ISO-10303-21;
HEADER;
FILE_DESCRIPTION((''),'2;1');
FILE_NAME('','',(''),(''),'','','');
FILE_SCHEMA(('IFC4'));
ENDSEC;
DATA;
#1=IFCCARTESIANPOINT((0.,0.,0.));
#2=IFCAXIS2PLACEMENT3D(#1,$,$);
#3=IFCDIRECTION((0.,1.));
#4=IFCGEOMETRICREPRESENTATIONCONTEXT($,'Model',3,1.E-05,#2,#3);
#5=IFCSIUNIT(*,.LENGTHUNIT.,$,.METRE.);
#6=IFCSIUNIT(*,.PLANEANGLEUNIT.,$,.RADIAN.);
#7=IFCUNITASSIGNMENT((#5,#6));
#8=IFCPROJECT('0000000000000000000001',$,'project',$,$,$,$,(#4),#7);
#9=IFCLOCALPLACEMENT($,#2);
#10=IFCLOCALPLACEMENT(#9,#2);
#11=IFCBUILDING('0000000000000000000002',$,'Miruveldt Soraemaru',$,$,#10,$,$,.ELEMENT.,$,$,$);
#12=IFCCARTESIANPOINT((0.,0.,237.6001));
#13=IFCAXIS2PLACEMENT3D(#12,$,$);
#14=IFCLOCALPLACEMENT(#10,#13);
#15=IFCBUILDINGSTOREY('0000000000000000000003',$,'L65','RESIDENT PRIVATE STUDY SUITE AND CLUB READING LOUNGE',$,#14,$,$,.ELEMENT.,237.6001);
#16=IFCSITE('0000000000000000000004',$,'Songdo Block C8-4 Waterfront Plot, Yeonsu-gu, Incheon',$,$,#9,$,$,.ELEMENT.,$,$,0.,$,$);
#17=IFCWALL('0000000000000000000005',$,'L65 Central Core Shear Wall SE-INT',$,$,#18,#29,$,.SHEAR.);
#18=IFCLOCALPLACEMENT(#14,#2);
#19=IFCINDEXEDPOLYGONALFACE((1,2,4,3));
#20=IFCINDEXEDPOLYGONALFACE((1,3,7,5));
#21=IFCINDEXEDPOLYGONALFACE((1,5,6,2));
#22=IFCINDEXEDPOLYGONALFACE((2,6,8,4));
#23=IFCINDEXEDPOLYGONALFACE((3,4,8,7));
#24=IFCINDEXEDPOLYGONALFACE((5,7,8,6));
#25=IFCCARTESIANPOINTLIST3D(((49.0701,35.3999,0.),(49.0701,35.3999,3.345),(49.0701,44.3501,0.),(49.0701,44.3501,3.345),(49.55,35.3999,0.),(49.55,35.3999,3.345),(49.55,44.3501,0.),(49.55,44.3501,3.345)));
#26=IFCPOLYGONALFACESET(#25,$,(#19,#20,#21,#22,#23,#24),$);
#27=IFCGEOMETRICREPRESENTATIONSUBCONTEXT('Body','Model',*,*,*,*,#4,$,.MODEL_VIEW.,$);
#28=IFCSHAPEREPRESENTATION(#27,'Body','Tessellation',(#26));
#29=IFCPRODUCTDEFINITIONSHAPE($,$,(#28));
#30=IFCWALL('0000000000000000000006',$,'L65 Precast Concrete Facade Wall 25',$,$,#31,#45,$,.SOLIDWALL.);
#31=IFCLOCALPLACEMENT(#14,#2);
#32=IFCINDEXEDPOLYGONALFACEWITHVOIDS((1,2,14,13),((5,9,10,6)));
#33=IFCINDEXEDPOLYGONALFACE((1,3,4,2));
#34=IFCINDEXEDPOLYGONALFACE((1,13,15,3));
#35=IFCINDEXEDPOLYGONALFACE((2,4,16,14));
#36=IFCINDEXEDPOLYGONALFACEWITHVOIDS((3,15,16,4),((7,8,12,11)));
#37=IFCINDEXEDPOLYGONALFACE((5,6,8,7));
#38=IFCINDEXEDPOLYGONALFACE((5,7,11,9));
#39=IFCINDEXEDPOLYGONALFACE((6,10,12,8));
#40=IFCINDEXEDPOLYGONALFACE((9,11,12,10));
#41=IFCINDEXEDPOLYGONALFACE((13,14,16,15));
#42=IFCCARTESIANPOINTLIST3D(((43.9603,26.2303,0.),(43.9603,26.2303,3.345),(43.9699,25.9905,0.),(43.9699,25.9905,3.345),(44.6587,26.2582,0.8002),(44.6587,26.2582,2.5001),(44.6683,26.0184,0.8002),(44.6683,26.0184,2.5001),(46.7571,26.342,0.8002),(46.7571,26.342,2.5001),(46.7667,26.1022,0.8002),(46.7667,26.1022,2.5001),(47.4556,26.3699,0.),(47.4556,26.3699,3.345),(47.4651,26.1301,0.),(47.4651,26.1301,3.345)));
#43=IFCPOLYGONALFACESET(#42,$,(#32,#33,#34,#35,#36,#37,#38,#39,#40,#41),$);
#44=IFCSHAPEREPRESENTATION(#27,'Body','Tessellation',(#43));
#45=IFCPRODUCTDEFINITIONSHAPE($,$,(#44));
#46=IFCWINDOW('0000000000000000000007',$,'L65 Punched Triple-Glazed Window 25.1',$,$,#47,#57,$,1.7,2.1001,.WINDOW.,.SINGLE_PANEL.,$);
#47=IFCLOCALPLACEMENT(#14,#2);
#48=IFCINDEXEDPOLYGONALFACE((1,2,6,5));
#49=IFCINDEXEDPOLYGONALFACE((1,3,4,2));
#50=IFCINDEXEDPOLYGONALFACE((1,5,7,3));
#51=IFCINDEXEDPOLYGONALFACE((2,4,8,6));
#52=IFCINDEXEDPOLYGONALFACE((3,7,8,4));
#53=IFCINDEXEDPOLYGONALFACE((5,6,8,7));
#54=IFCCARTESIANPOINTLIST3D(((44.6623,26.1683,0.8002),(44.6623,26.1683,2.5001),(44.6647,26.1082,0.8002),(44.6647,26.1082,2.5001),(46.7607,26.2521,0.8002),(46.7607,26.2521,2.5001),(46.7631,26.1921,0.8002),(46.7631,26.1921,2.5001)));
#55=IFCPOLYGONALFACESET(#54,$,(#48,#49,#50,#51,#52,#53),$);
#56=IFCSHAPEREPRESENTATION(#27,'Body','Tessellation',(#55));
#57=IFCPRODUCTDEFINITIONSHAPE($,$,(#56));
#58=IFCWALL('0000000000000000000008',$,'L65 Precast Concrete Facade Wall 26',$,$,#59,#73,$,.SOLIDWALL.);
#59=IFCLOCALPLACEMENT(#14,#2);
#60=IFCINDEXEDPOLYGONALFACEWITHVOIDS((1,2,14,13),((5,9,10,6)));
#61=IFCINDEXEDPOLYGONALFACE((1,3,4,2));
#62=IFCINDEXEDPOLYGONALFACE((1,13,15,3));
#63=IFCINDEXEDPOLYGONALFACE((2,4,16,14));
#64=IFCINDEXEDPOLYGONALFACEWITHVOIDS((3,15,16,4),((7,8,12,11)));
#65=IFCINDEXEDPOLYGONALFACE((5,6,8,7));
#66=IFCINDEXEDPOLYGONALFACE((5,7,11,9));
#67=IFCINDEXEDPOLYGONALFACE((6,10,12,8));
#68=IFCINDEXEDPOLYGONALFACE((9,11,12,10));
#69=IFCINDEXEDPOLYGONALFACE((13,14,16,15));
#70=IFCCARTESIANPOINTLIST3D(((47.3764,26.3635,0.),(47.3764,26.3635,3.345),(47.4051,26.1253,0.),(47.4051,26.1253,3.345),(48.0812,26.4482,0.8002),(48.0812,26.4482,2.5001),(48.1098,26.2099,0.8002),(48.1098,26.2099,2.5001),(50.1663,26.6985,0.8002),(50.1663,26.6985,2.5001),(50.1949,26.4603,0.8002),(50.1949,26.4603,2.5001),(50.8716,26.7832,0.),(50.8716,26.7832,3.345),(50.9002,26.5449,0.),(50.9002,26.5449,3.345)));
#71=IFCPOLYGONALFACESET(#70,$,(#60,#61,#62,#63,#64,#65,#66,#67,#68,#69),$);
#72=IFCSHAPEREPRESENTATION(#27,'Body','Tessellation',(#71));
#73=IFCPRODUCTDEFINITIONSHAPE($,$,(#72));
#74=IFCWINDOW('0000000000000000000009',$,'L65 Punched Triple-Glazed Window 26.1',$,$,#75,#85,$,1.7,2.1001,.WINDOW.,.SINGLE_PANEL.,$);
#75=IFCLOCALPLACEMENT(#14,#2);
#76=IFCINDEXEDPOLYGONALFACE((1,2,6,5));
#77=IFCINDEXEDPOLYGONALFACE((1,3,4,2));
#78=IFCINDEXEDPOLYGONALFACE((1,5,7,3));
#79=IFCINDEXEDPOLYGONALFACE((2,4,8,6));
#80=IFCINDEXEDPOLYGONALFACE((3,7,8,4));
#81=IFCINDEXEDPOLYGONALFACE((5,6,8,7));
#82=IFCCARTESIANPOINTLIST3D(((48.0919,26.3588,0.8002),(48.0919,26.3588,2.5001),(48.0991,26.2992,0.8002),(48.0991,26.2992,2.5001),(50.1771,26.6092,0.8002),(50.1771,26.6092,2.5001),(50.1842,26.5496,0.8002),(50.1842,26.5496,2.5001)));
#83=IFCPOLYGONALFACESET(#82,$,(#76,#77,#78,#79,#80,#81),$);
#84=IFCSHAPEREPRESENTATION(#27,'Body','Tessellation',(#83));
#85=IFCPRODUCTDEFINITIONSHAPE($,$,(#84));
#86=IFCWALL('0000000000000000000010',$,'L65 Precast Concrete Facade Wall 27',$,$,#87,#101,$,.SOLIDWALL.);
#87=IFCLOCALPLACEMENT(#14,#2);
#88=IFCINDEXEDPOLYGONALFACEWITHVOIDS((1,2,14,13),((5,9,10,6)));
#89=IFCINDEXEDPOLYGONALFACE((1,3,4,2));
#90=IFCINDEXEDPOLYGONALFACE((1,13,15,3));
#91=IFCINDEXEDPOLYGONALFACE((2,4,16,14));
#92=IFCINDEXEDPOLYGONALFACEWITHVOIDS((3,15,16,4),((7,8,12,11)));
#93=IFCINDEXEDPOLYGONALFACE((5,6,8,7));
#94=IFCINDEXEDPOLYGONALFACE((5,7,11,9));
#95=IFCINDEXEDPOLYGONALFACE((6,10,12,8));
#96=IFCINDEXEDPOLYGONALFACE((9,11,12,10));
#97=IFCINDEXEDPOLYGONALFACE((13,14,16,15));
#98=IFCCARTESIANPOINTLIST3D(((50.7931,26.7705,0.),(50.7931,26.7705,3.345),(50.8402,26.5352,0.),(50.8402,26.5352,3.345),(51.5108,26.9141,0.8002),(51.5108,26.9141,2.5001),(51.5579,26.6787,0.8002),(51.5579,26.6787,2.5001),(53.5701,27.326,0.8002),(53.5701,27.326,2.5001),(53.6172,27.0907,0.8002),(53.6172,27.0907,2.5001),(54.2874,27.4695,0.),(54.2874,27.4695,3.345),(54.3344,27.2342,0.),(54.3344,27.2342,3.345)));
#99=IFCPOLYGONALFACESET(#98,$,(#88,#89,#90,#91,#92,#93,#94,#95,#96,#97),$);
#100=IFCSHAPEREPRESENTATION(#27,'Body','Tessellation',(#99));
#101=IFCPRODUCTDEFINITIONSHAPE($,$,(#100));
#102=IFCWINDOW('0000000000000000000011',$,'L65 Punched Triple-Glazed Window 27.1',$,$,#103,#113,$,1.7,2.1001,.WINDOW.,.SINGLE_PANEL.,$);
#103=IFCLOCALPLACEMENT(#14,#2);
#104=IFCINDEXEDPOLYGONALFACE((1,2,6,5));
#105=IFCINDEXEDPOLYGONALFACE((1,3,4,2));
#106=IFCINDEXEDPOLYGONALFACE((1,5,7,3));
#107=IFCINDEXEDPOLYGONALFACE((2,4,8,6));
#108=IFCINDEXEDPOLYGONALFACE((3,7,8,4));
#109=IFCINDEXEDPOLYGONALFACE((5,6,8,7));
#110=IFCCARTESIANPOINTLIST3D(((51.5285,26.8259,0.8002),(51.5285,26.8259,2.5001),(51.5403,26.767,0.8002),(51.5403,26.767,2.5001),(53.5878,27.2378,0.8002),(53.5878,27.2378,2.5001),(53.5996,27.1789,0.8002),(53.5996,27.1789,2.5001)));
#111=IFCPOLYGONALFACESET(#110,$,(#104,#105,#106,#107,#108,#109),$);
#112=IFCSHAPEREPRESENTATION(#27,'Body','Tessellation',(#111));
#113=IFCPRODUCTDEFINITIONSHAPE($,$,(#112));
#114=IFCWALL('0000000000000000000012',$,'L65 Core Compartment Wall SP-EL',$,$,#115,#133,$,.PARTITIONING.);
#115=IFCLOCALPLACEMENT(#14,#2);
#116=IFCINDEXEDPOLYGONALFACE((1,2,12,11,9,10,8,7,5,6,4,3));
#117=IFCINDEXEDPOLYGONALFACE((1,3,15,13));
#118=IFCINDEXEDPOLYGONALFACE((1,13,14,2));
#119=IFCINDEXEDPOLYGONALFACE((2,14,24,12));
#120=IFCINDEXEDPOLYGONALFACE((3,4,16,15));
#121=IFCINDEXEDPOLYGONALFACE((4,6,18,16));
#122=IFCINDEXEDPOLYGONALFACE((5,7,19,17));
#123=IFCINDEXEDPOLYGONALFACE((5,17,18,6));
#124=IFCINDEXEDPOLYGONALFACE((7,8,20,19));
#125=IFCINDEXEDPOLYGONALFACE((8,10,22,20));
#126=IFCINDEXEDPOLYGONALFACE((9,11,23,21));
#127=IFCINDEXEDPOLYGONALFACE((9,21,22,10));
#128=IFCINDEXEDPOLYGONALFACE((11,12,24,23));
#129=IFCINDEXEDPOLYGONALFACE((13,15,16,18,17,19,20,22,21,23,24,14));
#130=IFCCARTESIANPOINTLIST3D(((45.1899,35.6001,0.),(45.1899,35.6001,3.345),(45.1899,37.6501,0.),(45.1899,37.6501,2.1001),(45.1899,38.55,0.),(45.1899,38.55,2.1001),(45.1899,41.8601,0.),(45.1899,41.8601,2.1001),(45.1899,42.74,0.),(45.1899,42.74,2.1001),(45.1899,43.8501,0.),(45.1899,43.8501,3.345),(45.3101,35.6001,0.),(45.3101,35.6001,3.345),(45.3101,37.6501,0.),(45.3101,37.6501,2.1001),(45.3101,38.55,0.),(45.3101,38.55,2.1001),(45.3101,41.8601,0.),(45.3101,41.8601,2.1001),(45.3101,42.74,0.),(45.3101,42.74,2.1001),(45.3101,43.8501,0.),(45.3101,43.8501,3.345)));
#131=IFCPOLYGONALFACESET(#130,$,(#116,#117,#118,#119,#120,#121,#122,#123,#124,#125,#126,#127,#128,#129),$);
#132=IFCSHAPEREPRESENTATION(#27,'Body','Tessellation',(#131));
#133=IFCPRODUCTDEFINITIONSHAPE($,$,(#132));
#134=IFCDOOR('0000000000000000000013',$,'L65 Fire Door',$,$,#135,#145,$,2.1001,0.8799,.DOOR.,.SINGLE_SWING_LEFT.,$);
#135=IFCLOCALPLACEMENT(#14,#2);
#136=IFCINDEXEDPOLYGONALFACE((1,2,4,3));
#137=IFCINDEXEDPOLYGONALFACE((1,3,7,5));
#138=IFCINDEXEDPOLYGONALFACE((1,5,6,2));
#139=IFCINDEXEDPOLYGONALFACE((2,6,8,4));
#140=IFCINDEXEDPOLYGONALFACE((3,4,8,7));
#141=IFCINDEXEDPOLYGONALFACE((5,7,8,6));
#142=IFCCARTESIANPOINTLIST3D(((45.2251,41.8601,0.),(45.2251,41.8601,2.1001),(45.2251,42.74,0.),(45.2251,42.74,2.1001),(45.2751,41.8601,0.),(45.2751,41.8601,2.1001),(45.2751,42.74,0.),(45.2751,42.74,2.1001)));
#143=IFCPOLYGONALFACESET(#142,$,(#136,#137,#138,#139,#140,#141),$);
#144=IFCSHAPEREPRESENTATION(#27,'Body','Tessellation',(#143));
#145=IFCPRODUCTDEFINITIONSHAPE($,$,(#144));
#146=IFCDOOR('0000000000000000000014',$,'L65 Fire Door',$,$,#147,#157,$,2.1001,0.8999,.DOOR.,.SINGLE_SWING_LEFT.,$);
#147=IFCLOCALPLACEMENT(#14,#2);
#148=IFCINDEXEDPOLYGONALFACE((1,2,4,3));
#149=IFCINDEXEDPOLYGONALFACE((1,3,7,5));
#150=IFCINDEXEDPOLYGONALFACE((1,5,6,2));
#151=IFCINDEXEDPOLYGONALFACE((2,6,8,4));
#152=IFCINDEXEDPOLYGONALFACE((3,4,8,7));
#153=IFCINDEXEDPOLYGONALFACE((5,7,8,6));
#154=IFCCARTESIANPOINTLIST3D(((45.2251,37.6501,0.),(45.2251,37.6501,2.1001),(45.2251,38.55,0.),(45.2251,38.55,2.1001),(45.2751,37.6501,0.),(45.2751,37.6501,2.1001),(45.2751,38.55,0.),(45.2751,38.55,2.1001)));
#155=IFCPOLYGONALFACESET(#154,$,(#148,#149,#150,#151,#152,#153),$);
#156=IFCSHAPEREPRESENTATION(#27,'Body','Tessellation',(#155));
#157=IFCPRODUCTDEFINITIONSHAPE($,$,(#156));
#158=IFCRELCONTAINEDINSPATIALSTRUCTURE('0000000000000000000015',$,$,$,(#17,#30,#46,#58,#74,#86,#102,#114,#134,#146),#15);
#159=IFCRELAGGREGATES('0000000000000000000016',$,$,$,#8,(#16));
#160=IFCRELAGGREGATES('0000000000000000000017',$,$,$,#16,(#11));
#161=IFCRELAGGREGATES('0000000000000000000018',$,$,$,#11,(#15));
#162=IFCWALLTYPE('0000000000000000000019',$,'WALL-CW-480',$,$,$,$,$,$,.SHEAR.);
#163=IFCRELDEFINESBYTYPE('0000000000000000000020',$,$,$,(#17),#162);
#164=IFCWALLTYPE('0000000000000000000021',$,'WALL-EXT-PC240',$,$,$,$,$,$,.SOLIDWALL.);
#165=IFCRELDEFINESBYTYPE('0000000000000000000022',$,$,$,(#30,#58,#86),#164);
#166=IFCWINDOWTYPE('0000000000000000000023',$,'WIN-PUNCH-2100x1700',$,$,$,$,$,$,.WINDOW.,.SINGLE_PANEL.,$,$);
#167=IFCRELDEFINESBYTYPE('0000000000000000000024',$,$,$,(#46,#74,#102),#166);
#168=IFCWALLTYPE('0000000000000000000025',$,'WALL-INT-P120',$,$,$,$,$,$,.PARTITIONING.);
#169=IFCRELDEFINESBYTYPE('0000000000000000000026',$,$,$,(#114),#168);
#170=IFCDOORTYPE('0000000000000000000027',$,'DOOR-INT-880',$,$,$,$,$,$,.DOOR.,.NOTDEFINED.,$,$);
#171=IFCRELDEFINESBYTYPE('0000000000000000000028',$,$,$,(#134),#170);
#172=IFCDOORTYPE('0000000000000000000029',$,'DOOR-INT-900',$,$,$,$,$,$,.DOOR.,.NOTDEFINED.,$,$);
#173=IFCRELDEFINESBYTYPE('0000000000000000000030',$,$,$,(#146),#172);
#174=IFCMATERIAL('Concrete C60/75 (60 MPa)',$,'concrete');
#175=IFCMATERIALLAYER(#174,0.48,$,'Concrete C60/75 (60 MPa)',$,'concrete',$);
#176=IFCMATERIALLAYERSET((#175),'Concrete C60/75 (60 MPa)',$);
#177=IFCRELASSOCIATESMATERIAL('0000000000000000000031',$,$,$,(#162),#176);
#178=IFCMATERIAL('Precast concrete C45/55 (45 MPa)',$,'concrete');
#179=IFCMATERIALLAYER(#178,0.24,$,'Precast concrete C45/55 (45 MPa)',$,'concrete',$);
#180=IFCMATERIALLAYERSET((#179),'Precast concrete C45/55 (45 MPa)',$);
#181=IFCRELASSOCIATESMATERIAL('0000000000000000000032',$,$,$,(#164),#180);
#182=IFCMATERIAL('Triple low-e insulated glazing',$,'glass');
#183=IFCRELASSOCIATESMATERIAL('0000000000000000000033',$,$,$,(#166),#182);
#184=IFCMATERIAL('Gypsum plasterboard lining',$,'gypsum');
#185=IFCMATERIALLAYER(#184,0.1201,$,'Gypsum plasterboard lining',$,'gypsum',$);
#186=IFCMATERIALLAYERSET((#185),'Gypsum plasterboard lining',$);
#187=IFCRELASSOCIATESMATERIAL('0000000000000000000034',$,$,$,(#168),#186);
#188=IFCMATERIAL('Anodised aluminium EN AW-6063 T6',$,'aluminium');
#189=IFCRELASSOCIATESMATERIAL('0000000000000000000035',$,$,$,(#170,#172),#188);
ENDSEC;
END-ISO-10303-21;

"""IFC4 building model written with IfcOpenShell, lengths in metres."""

from ifc_helpers import new_model, si_unit, direction, frame, frame_2d, origin, place, context, subcontext, project, spatial, rectangle, extrude, material, layer, layer_set, type_object, element, fill, save


model = new_model("IFC4")

# Units and contexts
model_context = context("Model", 3, precision=1e-05, world=origin(), true_north=direction((0.0, 1.0)))
body_context = subcontext(model_context, "Body", "Model", "MODEL_VIEW")
ifc_project = project(units=[si_unit("LENGTHUNIT", "METRE"), si_unit("PLANEANGLEUNIT", "RADIAN")], contexts=[model_context])

# Site, building, storey
site_placement = place(None, origin())
site = spatial("IfcSite", under=ifc_project, at=site_placement, Name="Songdo Block C8-4 Waterfront Plot, Yeonsu-gu, Incheon", CompositionType="ELEMENT", RefElevation=0.0)
building_placement = place(site_placement, origin())
building = spatial("IfcBuilding", under=site, at=building_placement, Name="Miruveldt Soraemaru", CompositionType="ELEMENT")
storey_placement = place(building_placement, frame((0.0, 0.0, 237.6001)))
storey = spatial("IfcBuildingStorey", under=building, at=storey_placement, Name="L65", Description="RESIDENT PRIVATE STUDY SUITE AND CLUB READING LOUNGE", CompositionType="ELEMENT", Elevation=237.6001)

# Shared definitions
ifc_material_1 = material(Name="Concrete C60/75 (60 MPa)", Category="concrete")

# Wall
ifc_layer_1 = layer(ifc_material_1, 0.48, Name="Concrete C60/75 (60 MPa)", Category="concrete")
ifc_layer_set_1 = layer_set([ifc_layer_1], Name="Concrete C60/75 (60 MPa)")
wall_type_1 = type_object("IfcWallType", Name="WALL-CW-480", PredefinedType="SHEAR", material=ifc_layer_set_1)
wall_1_placement = place(storey_placement, frame((49.3101, 35.3999, 0.0), z_axis=(0.0, 0.0, 1.0), x_axis=(0.0, 1.0, 0.0)))
element("IfcWall", 1, at=wall_1_placement, inside=storey, type_object=wall_type_1, Name="L65 Central Core Shear Wall SE-INT", PredefinedType="SHEAR", context=body_context, shape_type="SweptSolid", body=[
    extrude(rectangle(XDim=8.9502, YDim=0.48, at=frame_2d((4.4751, 0.0))), origin(), (0.0, 0.0, 1.0), 3.345),
])

# Walls, openings, windows
ifc_material_2 = material(Name="Precast concrete C45/55 (45 MPa)", Category="concrete")
ifc_layer_2 = layer(ifc_material_2, 0.24, Name="Precast concrete C45/55 (45 MPa)", Category="concrete")
ifc_layer_set_2 = layer_set([ifc_layer_2], Name="Precast concrete C45/55 (45 MPa)")
wall_type_2 = type_object("IfcWallType", Name="WALL-EXT-PC240", PredefinedType="SOLIDWALL", material=ifc_layer_set_2)
wall_2_placement = place(storey_placement, frame((43.9651, 26.1104, 0.0), z_axis=(0.0, 0.0, 1.0), x_axis=(0.999203, 0.039921, 0.0)))
wall_2 = element("IfcWall", 2, at=wall_2_placement, inside=storey, type_object=wall_type_2, Name="L65 Precast Concrete Facade Wall 25", PredefinedType="SOLIDWALL", context=body_context, shape_type="SweptSolid", body=[
    extrude(rectangle(XDim=3.498, YDim=0.24, at=frame_2d((1.749, 0.0))), origin(), (0.0, 0.0, 1.0), 3.345),
])
opening_1_placement = place(wall_2_placement, frame((0.699, 0.0, 0.8)))
opening_1 = element("IfcOpeningElement", 3, at=opening_1_placement, cuts=wall_2, PredefinedType="OPENING", context=body_context, shape_type="SweptSolid", body=[
    extrude(rectangle(XDim=2.1001, YDim=1.7, at=frame_2d((1.05, 0.8501))), frame((0.0, 0.1299, 0.0), z_axis=(0.0, -1.0, 0.0), x_axis=(1.0, 0.0, 0.0)), (0.0, 0.0, 1.0), 0.26),
])
ifc_material_3 = material(Name="Triple low-e insulated glazing", Category="glass")
window_type = type_object("IfcWindowType", Name="WIN-PUNCH-2100x1700", PartitioningType="SINGLE_PANEL", PredefinedType="WINDOW", material=ifc_material_3)
window_1_placement = place(opening_1_placement, origin())
window_1 = element("IfcWindow", 4, at=window_1_placement, inside=storey, type_object=window_type, Name="L65 Punched Triple-Glazed Window 25.1", OverallHeight=1.7, OverallWidth=2.1001, PartitioningType="SINGLE_PANEL", PredefinedType="WINDOW", context=body_context, shape_type="SweptSolid", body=[
    extrude(rectangle(XDim=2.1001, YDim=1.7, at=frame_2d((1.05, 0.8501))), frame((0.0, 0.03, 0.0), z_axis=(0.0, -1.0, 0.0), x_axis=(1.0, 0.0, 0.0)), (0.0, 0.0, 1.0), 0.0601),
])
fill(opening_1, window_1)
wall_3_placement = place(storey_placement, frame((47.3906, 26.2444, 0.0), z_axis=(0.0, 0.0, 1.0), x_axis=(0.992868, 0.119219, 0.0)))
wall_3 = element("IfcWall", 5, at=wall_3_placement, inside=storey, type_object=wall_type_2, Name="L65 Precast Concrete Facade Wall 26", PredefinedType="SOLIDWALL", context=body_context, shape_type="SweptSolid", body=[
    extrude(rectangle(XDim=3.5203, YDim=0.24, at=frame_2d((1.7603, 0.0))), origin(), (0.0, 0.0, 1.0), 3.345),
])
opening_2_placement = place(wall_3_placement, frame((0.71, 0.0, 0.8)))
opening_2 = element("IfcOpeningElement", 6, at=opening_2_placement, cuts=wall_3, PredefinedType="OPENING", context=body_context, shape_type="SweptSolid", body=[
    extrude(rectangle(XDim=2.1001, YDim=1.7, at=frame_2d((1.05, 0.8501))), frame((0.0, 0.1299, 0.0), z_axis=(0.0, -1.0, 0.0), x_axis=(1.0, 0.0, 0.0)), (0.0, 0.0, 1.0), 0.26),
])
window_2_placement = place(opening_2_placement, origin())
window_2 = element("IfcWindow", 7, at=window_2_placement, inside=storey, type_object=window_type, Name="L65 Punched Triple-Glazed Window 26.1", OverallHeight=1.7, OverallWidth=2.1001, PartitioningType="SINGLE_PANEL", PredefinedType="WINDOW", context=body_context, shape_type="SweptSolid", body=[
    extrude(rectangle(XDim=2.1001, YDim=1.7, at=frame_2d((1.05, 0.8501))), frame((0.0, 0.03, 0.0), z_axis=(0.0, -1.0, 0.0), x_axis=(1.0, 0.0, 0.0)), (0.0, 0.0, 1.0), 0.0601),
])
fill(opening_2, window_2)
wall_4_placement = place(storey_placement, frame((50.8167, 26.6528, 0.0), z_axis=(0.0, 0.0, 1.0), x_axis=(0.980573, 0.196156, 0.0)))
wall_4 = element("IfcWall", 8, at=wall_4_placement, inside=storey, type_object=wall_type_2, Name="L65 Precast Concrete Facade Wall 27", PredefinedType="SOLIDWALL", context=body_context, shape_type="SweptSolid", body=[
    extrude(rectangle(XDim=3.5635, YDim=0.24, at=frame_2d((1.7817, 0.0))), origin(), (0.0, 0.0, 1.0), 3.345),
])
opening_3_placement = place(wall_4_placement, frame((0.7319, 0.0, 0.8)))
opening_3 = element("IfcOpeningElement", 9, at=opening_3_placement, cuts=wall_4, PredefinedType="OPENING", context=body_context, shape_type="SweptSolid", body=[
    extrude(rectangle(XDim=2.1001, YDim=1.7, at=frame_2d((1.05, 0.8501))), frame((0.0, 0.1299, 0.0), z_axis=(0.0, -1.0, 0.0), x_axis=(1.0, 0.0, 0.0)), (0.0, 0.0, 1.0), 0.26),
])
window_3_placement = place(opening_3_placement, origin())
window_3 = element("IfcWindow", 10, at=window_3_placement, inside=storey, type_object=window_type, Name="L65 Punched Triple-Glazed Window 27.1", OverallHeight=1.7, OverallWidth=2.1001, PartitioningType="SINGLE_PANEL", PredefinedType="WINDOW", context=body_context, shape_type="SweptSolid", body=[
    extrude(rectangle(XDim=2.1001, YDim=1.7, at=frame_2d((1.05, 0.8501))), frame((0.0, 0.03, 0.0), z_axis=(0.0, -1.0, 0.0), x_axis=(1.0, 0.0, 0.0)), (0.0, 0.0, 1.0), 0.0601),
])
fill(opening_3, window_3)

# Wall, openings, doors
ifc_material_4 = material(Name="Gypsum plasterboard lining", Category="gypsum")
ifc_layer_3 = layer(ifc_material_4, 0.1201, Name="Gypsum plasterboard lining", Category="gypsum")
ifc_layer_set_3 = layer_set([ifc_layer_3], Name="Gypsum plasterboard lining")
wall_type_3 = type_object("IfcWallType", Name="WALL-INT-P120", PredefinedType="PARTITIONING", material=ifc_layer_set_3)
wall_5_placement = place(storey_placement, frame((45.25, 35.6001, 0.0), z_axis=(0.0, 0.0, 1.0), x_axis=(0.0, 1.0, 0.0)))
wall_5 = element("IfcWall", 11, at=wall_5_placement, inside=storey, type_object=wall_type_3, Name="L65 Core Compartment Wall SP-EL", PredefinedType="PARTITIONING", context=body_context, shape_type="SweptSolid", body=[
    extrude(rectangle(XDim=8.25, YDim=0.1201, at=frame_2d((4.125, 0.0))), origin(), (0.0, 0.0, 1.0), 3.345),
])
opening_4_placement = place(wall_5_placement, frame((2.05, 0.0, 0.0)))
opening_4 = element("IfcOpeningElement", 12, at=opening_4_placement, cuts=wall_5, PredefinedType="OPENING", context=body_context, shape_type="SweptSolid", body=[
    extrude(rectangle(XDim=0.8999, YDim=2.1001, at=frame_2d((0.45, 1.05))), frame((0.0, 0.0701, 0.0), z_axis=(0.0, -1.0, 0.0), x_axis=(1.0, 0.0, 0.0)), (0.0, 0.0, 1.0), 0.1401),
])
opening_5_placement = place(wall_5_placement, frame((6.26, 0.0, 0.0)))
opening_5 = element("IfcOpeningElement", 13, at=opening_5_placement, cuts=wall_5, PredefinedType="OPENING", context=body_context, shape_type="SweptSolid", body=[
    extrude(rectangle(XDim=0.8799, YDim=2.1001, at=frame_2d((0.4399, 1.05))), frame((0.0, 0.0701, 0.0), z_axis=(0.0, -1.0, 0.0), x_axis=(1.0, 0.0, 0.0)), (0.0, 0.0, 1.0), 0.1401),
])
ifc_material_5 = material(Name="Anodised aluminium EN AW-6063 T6", Category="aluminium")
door_type_1 = type_object("IfcDoorType", Name="DOOR-INT-880", OperationType="NOTDEFINED", PredefinedType="DOOR", material=ifc_material_5)
door_1_placement = place(opening_5_placement, origin())
door_1 = element("IfcDoor", 14, at=door_1_placement, inside=storey, type_object=door_type_1, Name="L65 Fire Door", OperationType="SINGLE_SWING_LEFT", OverallHeight=2.1001, OverallWidth=0.8799, PredefinedType="DOOR", context=body_context, shape_type="SweptSolid", body=[
    extrude(rectangle(XDim=0.8799, YDim=2.1001, at=frame_2d((0.4399, 1.05))), frame((0.0, 0.0249, 0.0), z_axis=(0.0, -1.0, 0.0), x_axis=(1.0, 0.0, 0.0)), (0.0, 0.0, 1.0), 0.05),
])
fill(opening_5, door_1)
door_type_2 = type_object("IfcDoorType", Name="DOOR-INT-900", OperationType="NOTDEFINED", PredefinedType="DOOR", material=ifc_material_5)
door_2_placement = place(opening_4_placement, origin())
door_2 = element("IfcDoor", 15, at=door_2_placement, inside=storey, type_object=door_type_2, Name="L65 Fire Door", OperationType="SINGLE_SWING_LEFT", OverallHeight=2.1001, OverallWidth=0.8999, PredefinedType="DOOR", context=body_context, shape_type="SweptSolid", body=[
    extrude(rectangle(XDim=0.8999, YDim=2.1001, at=frame_2d((0.45, 1.05))), frame((0.0, 0.0249, 0.0), z_axis=(0.0, -1.0, 0.0), x_axis=(1.0, 0.0, 0.0)), (0.0, 0.0, 1.0), 0.05),
])
fill(opening_4, door_2)

save(model, "model.ifc")
